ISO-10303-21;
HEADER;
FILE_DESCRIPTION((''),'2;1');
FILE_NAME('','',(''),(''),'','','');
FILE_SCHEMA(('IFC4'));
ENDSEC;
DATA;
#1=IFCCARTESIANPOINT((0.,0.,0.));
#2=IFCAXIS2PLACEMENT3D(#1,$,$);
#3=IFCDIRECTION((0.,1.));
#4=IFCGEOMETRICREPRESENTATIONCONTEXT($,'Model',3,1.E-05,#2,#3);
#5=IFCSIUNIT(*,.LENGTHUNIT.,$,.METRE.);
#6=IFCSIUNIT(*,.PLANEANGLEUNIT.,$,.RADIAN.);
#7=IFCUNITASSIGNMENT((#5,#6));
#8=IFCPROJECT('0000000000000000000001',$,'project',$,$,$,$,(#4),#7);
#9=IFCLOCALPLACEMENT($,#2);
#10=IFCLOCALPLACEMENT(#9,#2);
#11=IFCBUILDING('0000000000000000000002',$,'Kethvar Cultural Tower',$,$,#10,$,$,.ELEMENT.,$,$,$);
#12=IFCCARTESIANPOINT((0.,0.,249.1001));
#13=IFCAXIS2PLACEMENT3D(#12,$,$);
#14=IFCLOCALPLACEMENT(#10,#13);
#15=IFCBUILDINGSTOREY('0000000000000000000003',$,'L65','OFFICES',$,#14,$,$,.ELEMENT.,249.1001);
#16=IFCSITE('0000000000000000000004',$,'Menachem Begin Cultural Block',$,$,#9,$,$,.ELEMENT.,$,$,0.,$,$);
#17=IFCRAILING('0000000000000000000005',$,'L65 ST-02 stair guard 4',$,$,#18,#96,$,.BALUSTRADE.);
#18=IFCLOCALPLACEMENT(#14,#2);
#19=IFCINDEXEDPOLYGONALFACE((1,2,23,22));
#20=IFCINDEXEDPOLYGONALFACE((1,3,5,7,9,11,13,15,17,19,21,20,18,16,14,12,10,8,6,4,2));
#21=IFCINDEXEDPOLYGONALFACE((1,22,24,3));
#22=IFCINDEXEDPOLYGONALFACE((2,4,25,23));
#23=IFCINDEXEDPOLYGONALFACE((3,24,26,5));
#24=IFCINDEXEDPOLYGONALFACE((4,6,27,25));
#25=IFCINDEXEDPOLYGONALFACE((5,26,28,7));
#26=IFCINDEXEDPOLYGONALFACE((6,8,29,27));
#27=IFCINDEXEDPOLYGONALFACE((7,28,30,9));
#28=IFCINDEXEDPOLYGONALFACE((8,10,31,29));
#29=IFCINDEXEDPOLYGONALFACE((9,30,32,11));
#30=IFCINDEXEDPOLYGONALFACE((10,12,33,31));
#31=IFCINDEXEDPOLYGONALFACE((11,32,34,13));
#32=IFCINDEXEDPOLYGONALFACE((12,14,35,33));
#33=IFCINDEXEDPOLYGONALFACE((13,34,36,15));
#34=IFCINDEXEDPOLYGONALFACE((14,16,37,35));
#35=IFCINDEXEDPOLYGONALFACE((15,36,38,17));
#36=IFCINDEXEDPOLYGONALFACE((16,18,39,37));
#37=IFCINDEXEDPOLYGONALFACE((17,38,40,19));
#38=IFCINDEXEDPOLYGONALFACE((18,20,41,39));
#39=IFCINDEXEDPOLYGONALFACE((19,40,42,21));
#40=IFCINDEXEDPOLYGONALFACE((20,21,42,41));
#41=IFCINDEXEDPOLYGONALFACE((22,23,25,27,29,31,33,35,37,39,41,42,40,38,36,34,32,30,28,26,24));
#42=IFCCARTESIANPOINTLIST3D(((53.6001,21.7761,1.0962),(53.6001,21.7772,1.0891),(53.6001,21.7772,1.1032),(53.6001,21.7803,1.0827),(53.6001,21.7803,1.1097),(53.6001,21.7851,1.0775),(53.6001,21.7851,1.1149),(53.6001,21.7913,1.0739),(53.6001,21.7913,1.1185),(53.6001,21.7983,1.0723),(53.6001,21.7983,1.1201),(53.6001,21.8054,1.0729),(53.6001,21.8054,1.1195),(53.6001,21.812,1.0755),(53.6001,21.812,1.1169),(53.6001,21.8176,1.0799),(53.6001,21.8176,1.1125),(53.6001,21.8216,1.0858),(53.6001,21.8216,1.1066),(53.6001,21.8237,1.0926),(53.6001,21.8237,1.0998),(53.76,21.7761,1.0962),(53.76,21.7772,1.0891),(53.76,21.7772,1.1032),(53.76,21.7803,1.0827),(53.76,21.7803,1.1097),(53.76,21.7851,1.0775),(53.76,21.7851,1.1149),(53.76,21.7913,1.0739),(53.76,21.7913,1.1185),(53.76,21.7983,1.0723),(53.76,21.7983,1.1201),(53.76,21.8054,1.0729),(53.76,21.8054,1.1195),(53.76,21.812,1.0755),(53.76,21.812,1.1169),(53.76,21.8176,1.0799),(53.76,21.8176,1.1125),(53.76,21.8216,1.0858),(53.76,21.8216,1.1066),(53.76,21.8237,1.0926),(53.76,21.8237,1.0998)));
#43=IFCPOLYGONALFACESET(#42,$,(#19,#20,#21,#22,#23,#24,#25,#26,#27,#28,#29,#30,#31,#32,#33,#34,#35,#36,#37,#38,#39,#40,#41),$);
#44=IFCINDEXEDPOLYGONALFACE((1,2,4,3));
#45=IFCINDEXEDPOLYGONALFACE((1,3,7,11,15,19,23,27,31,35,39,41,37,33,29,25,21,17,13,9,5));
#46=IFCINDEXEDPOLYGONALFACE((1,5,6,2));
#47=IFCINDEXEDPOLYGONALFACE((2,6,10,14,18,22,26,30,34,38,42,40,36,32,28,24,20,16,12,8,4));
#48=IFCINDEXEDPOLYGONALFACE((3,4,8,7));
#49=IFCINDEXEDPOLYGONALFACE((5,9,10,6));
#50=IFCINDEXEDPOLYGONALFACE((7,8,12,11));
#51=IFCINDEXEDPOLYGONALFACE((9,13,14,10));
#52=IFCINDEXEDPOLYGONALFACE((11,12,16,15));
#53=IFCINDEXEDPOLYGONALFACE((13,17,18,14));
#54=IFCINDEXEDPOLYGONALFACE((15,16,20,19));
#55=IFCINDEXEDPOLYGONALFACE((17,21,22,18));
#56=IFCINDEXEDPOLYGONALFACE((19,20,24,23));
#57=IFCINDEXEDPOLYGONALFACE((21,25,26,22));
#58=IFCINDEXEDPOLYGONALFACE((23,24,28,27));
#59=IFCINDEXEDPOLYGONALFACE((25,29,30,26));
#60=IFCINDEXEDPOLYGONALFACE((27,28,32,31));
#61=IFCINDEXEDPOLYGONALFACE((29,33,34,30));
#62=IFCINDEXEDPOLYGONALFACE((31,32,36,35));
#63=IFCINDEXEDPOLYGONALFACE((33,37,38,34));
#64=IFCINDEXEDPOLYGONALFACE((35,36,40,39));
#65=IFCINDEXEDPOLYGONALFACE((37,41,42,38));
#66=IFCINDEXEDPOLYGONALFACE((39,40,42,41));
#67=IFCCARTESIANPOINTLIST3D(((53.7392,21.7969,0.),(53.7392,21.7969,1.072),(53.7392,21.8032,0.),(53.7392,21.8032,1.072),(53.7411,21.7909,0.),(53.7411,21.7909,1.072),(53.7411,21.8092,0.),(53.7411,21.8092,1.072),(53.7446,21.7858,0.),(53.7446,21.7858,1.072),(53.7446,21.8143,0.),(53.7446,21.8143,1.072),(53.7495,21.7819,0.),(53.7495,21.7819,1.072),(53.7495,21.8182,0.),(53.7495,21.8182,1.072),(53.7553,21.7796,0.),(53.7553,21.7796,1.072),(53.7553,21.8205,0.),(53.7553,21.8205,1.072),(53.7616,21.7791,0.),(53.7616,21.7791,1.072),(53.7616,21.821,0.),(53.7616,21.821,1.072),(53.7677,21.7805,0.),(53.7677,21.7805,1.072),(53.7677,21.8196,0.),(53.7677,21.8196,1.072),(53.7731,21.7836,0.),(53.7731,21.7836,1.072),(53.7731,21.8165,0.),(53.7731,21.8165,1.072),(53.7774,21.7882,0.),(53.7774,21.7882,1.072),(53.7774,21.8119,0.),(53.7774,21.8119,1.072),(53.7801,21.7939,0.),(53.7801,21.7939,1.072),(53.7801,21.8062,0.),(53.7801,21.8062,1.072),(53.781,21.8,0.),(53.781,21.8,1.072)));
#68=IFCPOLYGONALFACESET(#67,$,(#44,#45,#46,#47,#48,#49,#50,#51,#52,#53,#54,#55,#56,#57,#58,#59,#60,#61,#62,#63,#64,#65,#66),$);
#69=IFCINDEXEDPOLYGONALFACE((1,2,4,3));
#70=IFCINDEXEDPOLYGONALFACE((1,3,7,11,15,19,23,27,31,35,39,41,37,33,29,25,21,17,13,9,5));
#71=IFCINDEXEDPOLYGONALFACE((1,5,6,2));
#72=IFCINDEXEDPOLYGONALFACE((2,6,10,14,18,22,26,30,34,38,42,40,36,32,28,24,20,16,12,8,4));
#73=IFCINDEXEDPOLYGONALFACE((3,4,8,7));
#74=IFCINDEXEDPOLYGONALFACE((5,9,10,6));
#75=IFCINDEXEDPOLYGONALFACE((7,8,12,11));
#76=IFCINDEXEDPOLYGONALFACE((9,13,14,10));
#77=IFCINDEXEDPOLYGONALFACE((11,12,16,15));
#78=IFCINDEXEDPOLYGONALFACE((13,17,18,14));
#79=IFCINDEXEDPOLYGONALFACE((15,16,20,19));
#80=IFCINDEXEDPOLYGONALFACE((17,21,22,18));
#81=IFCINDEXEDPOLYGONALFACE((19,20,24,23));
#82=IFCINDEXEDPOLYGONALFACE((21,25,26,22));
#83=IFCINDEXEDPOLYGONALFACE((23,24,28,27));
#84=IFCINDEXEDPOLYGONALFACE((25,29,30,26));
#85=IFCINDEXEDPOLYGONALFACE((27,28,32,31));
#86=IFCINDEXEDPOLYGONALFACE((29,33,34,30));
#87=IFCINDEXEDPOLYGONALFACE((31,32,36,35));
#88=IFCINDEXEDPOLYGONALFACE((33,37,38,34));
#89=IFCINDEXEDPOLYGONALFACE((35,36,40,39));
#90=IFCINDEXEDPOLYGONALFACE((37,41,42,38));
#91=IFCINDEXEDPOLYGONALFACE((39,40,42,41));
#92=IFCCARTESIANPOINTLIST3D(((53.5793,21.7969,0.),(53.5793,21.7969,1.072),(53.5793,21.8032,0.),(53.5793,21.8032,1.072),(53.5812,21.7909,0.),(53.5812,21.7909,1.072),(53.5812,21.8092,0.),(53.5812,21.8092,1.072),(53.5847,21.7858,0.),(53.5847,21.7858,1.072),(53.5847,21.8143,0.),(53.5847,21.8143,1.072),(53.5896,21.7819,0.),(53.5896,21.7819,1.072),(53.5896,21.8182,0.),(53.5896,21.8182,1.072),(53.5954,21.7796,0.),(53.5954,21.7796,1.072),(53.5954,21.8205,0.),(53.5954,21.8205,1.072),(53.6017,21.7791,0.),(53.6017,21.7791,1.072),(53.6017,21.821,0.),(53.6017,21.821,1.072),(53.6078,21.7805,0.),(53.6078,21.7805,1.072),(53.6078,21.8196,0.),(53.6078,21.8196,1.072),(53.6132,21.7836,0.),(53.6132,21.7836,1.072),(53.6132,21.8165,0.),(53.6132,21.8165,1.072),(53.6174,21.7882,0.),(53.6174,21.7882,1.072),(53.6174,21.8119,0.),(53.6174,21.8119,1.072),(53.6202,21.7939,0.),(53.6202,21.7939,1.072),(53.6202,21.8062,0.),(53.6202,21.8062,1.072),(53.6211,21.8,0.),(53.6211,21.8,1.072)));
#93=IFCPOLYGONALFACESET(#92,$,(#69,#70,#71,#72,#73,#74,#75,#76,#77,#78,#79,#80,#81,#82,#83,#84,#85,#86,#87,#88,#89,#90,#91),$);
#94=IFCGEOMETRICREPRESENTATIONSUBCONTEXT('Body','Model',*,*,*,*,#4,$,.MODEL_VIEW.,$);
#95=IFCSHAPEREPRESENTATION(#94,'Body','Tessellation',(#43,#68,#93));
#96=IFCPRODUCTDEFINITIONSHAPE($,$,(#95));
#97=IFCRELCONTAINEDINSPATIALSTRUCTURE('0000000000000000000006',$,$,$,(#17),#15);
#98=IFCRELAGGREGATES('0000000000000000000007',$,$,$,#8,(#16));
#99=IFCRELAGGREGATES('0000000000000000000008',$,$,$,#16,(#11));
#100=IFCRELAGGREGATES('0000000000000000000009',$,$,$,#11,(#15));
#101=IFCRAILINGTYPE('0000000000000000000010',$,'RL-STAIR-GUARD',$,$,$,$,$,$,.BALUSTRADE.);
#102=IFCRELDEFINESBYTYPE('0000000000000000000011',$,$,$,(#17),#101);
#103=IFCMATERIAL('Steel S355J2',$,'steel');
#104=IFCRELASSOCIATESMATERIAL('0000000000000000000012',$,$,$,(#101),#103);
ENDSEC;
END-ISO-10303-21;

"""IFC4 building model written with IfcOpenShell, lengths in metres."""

from ifc_helpers import new_model, si_unit, direction, frame, origin, origin_2d, place, context, subcontext, project, spatial, circle, extrude, material, type_object, element, save


model = new_model("IFC4")

# Units and contexts
model_context = context("Model", 3, precision=1e-05, world=origin(), true_north=direction((0.0, 1.0)))
body_context = subcontext(model_context, "Body", "Model", "MODEL_VIEW")
ifc_project = project(units=[si_unit("LENGTHUNIT", "METRE"), si_unit("PLANEANGLEUNIT", "RADIAN")], contexts=[model_context])

# Site, building, storey
site_placement = place(None, origin())
site = spatial("IfcSite", under=ifc_project, at=site_placement, Name="Menachem Begin Cultural Block", CompositionType="ELEMENT", RefElevation=0.0)
building_placement = place(site_placement, origin())
building = spatial("IfcBuilding", under=site, at=building_placement, Name="Kethvar Cultural Tower", CompositionType="ELEMENT")
storey_placement = place(building_placement, frame((0.0, 0.0, 249.1001)))
storey = spatial("IfcBuildingStorey", under=building, at=storey_placement, Name="L65", Description="OFFICES", CompositionType="ELEMENT", Elevation=249.1001)

# Shared definitions
ifc_material_1 = material(Name="Steel S355J2", Category="steel")

# Railing
railing_type_1 = type_object("IfcRailingType", Name="RL-STAIR-GUARD", PredefinedType="BALUSTRADE", material=ifc_material_1)
railing_1_placement = place(storey_placement, frame((53.76, 21.8, 0.0)))
element("IfcRailing", 1, at=railing_1_placement, inside=storey, type_object=railing_type_1, Name="L65 ST-02 stair guard 4", PredefinedType="BALUSTRADE", context=body_context, shape_type="SweptSolid", body=[
    extrude(circle(Radius=0.0239, at=origin_2d()), frame((0.0, 0.0, 1.0962), z_axis=(-1.0, 0.0, 0.0), x_axis=(0.0, -1.0, 0.0)), (0.0, 0.0, 1.0), 0.1599),
    extrude(circle(Radius=0.021, at=origin_2d()), origin(), (0.0, 0.0, 1.0), 1.072),
    extrude(circle(Radius=0.021, at=origin_2d()), frame((-0.1599, 0.0, 0.0)), (0.0, 0.0, 1.0), 1.072),
])

save(model, "model.ifc")
